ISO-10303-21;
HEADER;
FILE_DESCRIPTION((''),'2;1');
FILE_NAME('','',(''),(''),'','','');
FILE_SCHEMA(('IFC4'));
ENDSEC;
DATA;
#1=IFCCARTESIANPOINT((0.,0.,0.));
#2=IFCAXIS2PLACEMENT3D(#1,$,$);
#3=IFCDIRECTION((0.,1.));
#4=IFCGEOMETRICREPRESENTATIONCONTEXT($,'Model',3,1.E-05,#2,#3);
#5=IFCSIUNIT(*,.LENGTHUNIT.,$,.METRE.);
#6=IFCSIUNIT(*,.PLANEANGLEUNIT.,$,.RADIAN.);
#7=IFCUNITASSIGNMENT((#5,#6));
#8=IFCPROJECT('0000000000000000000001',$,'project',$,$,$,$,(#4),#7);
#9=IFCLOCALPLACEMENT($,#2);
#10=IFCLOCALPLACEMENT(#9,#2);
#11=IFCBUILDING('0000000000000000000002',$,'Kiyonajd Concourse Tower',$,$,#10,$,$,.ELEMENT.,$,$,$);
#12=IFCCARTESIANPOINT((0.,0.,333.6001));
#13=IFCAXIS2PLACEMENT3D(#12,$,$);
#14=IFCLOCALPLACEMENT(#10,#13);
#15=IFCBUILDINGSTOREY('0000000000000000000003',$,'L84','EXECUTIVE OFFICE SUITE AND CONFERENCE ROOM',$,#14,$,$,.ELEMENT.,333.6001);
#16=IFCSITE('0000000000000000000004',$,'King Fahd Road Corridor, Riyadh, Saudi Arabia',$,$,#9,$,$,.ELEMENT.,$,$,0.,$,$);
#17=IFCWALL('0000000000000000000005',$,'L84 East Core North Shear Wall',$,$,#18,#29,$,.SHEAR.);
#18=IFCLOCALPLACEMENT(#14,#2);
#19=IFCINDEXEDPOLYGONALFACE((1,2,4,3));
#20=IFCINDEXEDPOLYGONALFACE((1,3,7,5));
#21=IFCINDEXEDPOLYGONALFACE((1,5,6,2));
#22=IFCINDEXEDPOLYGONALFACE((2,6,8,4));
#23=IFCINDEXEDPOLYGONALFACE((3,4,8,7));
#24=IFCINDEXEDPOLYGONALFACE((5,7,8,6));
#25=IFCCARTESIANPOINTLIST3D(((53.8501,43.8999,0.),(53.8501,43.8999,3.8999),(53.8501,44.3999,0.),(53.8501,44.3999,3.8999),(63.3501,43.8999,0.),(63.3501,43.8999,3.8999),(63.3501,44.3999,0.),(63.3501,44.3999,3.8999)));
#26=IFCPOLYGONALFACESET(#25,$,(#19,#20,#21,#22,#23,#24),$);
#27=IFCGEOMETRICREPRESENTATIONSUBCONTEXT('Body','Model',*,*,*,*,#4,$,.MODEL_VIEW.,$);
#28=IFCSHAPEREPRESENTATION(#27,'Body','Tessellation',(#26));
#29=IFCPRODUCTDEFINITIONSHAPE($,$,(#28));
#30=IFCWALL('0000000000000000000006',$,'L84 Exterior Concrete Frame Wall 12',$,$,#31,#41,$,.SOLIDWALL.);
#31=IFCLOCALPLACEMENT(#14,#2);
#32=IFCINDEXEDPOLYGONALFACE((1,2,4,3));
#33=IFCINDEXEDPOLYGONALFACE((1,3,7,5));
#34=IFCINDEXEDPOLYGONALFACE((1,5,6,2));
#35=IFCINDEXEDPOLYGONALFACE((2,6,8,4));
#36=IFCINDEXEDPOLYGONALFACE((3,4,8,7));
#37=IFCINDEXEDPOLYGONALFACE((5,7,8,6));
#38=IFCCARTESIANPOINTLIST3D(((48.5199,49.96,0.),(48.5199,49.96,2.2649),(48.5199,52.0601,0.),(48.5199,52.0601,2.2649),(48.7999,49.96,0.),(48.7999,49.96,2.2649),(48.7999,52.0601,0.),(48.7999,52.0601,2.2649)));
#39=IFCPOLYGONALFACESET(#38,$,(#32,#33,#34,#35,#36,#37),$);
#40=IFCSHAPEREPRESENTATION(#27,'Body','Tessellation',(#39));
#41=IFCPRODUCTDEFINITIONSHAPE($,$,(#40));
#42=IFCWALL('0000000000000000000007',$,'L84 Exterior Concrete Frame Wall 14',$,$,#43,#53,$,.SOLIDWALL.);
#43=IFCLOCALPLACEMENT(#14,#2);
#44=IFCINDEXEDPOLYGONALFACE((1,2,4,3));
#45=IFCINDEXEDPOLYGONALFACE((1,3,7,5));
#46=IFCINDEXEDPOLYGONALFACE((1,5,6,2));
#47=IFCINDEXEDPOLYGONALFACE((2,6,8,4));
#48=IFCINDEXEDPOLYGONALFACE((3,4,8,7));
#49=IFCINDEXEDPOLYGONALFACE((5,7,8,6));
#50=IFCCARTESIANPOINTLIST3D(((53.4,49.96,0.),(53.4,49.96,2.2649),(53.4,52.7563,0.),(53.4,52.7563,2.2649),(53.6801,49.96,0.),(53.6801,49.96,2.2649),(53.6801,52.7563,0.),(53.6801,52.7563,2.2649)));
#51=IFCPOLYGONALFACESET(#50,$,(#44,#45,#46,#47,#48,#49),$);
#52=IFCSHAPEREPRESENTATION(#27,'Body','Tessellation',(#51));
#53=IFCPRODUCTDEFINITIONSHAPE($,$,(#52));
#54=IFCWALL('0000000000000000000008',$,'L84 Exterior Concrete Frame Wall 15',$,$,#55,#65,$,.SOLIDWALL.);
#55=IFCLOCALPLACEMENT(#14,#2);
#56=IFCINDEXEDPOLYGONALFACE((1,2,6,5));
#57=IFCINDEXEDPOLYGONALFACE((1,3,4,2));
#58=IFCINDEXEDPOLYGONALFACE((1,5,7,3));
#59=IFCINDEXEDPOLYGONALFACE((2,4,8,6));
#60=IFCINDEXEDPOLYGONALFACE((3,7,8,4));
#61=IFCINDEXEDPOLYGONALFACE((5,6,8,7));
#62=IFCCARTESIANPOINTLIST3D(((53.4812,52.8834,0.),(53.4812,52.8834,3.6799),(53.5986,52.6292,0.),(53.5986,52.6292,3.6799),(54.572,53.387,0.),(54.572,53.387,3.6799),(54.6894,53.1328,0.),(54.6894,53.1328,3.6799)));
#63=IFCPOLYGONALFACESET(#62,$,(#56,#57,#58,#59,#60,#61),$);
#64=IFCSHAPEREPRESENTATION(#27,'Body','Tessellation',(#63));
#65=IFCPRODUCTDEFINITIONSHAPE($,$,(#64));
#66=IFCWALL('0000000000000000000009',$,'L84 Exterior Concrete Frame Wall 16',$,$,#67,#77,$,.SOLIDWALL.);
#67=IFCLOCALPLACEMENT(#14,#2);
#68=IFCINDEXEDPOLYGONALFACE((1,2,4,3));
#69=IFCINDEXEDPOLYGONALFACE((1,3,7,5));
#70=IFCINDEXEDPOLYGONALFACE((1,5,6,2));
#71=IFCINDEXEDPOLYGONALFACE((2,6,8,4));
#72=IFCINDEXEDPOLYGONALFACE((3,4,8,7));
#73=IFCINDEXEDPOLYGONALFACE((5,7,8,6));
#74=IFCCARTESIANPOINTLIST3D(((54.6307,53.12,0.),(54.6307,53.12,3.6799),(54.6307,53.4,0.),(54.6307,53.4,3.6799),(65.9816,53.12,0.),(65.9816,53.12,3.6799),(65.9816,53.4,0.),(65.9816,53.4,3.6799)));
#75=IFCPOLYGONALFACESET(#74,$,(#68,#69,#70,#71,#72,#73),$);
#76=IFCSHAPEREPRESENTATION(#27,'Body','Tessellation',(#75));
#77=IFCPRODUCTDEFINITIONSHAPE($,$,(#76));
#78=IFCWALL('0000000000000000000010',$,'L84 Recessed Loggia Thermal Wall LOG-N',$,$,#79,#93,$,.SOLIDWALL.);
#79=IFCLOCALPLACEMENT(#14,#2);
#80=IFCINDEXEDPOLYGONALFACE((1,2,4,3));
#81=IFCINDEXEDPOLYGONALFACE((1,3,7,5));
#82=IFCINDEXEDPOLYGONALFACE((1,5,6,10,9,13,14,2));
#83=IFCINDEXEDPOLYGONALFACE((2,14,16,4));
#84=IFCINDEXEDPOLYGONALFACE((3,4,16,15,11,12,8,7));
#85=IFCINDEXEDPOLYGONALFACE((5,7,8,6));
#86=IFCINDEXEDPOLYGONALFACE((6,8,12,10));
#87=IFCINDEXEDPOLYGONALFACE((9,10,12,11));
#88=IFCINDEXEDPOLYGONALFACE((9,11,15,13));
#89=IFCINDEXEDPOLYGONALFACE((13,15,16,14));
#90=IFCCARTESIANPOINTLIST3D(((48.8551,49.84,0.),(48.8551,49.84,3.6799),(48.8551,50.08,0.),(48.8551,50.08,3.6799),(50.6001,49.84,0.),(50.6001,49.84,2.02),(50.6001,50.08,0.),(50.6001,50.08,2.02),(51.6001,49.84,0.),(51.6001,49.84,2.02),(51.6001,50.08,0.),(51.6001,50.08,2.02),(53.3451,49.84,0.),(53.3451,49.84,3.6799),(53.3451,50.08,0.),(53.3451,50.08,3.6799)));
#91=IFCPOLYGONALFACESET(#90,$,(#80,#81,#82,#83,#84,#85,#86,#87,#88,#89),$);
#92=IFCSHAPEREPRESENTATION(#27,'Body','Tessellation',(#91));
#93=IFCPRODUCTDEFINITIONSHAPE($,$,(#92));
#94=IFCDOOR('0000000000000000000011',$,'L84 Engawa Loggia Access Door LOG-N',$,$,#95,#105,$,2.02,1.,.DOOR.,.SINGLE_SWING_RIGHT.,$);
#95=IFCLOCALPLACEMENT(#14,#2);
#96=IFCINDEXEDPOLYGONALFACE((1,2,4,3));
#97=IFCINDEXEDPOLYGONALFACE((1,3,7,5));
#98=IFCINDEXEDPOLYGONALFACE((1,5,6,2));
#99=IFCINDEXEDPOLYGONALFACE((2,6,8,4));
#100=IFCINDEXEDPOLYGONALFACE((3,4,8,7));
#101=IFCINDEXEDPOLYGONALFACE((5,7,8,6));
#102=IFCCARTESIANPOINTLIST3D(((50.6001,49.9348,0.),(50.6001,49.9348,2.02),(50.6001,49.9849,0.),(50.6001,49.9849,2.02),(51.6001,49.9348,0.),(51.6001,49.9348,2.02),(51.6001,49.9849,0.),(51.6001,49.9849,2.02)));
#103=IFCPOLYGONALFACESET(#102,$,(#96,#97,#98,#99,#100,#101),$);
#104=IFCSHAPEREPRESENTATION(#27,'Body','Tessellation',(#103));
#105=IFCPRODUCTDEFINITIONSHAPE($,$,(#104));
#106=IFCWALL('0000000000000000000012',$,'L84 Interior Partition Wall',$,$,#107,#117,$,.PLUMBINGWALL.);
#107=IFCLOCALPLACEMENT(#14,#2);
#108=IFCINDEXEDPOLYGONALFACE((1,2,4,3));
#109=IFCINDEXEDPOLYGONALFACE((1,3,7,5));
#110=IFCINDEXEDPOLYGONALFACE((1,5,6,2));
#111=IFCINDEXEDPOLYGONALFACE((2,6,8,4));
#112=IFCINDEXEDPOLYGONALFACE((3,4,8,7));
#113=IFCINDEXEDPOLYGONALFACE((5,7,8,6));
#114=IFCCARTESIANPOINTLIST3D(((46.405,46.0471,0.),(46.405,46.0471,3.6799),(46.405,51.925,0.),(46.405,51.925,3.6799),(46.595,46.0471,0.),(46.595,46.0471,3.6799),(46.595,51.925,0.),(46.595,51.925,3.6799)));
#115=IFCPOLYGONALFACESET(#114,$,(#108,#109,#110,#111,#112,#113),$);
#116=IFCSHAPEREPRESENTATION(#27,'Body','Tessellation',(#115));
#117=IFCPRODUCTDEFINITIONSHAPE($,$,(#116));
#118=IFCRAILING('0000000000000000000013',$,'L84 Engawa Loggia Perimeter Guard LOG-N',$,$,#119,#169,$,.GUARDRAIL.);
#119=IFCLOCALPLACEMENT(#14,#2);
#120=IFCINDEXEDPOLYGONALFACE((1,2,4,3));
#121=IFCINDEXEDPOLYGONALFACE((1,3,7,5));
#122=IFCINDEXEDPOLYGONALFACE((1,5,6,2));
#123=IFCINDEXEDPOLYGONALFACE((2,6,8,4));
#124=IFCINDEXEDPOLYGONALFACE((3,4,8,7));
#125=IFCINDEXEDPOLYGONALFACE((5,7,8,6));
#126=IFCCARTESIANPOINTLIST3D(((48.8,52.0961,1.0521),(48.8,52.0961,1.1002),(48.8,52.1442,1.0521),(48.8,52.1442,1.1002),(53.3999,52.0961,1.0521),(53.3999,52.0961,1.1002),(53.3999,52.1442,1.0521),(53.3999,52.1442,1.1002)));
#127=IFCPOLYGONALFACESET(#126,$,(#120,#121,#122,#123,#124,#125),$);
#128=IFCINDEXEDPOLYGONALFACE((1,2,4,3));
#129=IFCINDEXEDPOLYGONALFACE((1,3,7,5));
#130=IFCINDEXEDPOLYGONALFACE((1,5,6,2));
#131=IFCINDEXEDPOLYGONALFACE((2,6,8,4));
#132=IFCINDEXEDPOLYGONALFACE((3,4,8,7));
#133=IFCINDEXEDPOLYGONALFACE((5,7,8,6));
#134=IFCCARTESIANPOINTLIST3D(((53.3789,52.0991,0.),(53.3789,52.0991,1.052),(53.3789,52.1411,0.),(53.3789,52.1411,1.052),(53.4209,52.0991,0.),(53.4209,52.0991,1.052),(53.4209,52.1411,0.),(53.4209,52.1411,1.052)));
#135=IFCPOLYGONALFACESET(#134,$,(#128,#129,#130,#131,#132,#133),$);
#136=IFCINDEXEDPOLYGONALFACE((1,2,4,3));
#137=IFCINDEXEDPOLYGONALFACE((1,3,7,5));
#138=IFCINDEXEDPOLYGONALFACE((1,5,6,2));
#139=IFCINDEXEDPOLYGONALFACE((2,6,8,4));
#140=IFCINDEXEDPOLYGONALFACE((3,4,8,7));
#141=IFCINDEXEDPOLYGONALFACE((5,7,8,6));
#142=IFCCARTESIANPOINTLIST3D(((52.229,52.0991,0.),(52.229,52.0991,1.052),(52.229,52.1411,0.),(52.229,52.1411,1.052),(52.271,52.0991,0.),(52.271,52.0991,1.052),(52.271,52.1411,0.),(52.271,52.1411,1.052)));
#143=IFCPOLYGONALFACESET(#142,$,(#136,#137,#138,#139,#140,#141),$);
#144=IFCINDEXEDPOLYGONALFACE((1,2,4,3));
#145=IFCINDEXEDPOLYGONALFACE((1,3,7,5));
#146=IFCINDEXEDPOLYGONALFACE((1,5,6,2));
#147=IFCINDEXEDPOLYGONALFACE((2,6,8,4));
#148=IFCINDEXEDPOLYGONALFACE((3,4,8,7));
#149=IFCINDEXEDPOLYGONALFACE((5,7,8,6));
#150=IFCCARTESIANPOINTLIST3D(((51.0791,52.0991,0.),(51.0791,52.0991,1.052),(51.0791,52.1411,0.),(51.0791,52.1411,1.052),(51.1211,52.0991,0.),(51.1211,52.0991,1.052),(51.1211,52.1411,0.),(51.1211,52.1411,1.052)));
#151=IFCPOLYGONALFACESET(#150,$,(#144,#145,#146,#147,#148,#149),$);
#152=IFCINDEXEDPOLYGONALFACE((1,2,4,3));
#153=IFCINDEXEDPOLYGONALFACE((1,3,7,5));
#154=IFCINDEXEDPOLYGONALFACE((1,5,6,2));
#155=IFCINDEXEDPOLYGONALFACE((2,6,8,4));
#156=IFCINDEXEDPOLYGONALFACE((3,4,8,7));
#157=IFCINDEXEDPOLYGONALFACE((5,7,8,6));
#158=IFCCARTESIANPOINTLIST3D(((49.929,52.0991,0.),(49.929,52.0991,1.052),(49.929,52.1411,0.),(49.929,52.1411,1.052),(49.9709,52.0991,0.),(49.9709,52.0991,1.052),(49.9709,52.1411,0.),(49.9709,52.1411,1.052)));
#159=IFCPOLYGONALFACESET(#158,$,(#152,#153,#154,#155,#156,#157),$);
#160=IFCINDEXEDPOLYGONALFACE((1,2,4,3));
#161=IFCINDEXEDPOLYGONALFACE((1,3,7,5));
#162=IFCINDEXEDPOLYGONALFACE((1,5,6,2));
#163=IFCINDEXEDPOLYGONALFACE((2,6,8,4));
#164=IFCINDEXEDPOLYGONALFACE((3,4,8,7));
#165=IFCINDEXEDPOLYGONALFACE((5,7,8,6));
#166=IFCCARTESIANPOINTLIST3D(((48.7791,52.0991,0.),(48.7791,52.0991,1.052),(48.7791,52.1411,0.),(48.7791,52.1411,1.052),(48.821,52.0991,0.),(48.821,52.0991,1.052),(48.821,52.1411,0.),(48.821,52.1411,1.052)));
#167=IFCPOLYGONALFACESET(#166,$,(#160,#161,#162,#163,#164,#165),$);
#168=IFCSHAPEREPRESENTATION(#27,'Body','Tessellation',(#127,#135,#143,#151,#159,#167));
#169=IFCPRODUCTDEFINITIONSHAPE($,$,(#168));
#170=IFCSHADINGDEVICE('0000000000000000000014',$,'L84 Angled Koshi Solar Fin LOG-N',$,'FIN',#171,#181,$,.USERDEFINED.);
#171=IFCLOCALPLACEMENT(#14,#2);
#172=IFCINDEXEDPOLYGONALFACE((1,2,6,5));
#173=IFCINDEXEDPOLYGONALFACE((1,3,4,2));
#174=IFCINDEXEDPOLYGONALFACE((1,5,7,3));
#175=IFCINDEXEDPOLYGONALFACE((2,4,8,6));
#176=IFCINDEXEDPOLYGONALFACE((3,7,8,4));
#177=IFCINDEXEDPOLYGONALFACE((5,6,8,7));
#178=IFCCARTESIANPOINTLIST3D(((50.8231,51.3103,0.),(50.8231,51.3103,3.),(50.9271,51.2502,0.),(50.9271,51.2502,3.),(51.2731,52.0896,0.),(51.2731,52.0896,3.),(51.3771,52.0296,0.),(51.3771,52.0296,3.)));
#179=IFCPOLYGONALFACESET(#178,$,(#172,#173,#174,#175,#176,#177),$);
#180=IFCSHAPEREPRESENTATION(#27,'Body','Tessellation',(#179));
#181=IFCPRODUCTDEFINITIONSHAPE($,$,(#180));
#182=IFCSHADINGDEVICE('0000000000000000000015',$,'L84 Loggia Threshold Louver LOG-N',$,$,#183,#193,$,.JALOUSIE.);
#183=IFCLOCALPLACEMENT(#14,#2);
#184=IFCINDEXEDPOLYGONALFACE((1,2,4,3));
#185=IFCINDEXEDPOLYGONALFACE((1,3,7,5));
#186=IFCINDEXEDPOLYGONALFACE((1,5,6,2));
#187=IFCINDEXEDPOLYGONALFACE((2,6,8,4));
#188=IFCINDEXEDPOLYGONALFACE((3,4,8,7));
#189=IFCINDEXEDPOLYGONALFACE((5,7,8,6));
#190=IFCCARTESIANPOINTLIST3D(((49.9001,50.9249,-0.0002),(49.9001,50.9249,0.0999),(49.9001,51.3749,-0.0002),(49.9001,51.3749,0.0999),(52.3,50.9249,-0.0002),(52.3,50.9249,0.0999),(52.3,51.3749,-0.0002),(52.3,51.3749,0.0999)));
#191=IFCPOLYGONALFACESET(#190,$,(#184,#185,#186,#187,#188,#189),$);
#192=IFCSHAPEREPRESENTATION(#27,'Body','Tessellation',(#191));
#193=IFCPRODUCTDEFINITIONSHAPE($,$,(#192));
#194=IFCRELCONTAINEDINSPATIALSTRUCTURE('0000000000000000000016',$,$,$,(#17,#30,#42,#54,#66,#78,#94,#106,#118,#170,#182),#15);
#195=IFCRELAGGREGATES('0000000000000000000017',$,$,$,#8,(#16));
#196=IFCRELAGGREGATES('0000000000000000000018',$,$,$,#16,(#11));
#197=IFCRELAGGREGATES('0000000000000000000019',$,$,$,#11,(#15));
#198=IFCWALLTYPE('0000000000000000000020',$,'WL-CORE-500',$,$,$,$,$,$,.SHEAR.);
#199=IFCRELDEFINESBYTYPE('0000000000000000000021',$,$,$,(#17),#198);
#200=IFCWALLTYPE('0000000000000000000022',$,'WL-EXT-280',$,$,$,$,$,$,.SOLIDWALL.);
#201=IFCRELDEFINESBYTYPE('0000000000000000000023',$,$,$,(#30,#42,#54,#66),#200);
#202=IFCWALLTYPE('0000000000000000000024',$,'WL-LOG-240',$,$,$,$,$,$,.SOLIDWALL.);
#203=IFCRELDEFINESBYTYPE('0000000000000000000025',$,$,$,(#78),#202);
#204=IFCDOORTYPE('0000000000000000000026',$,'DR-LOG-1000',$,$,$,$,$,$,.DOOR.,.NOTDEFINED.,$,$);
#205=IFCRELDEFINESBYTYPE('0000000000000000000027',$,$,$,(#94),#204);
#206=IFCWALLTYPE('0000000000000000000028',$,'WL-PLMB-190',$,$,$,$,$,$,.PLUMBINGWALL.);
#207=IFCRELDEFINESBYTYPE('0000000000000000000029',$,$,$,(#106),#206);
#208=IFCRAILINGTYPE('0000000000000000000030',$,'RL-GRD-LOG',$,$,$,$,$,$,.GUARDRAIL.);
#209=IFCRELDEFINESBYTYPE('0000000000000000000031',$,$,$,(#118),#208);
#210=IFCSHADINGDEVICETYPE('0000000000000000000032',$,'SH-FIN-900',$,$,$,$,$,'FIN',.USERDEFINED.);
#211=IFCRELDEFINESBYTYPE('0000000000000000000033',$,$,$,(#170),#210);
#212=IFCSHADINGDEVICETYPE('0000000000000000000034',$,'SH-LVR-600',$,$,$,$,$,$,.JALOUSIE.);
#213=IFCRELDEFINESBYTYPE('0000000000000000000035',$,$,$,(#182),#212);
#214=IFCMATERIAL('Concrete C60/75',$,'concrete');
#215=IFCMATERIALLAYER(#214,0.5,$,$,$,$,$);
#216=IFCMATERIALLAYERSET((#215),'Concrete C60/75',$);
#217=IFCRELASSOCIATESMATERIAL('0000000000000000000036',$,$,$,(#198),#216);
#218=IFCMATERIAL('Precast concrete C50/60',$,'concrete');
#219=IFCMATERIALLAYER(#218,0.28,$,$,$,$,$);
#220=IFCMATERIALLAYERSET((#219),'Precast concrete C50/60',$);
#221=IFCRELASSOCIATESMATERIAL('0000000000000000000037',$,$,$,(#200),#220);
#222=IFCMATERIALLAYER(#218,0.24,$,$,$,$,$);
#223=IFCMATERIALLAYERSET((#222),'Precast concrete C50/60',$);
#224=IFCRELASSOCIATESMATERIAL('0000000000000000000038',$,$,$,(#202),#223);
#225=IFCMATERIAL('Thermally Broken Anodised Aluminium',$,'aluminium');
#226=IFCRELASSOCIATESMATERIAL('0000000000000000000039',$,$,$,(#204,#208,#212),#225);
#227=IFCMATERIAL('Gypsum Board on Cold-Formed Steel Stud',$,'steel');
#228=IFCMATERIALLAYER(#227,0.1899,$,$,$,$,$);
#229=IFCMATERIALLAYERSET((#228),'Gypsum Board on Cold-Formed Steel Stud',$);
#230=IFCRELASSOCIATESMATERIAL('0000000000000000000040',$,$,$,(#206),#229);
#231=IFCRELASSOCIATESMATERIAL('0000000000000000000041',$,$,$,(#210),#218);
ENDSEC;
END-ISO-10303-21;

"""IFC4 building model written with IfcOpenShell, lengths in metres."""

from ifc_helpers import new_model, si_unit, direction, frame, frame_2d, origin, origin_2d, place, context, subcontext, project, spatial, rectangle, extrude, material, layer, layer_set, type_object, element, fill, save


model = new_model("IFC4")

# Units and contexts
model_context = context("Model", 3, precision=1e-05, world=origin(), true_north=direction((0.0, 1.0)))
body_context = subcontext(model_context, "Body", "Model", "MODEL_VIEW")
ifc_project = project(units=[si_unit("LENGTHUNIT", "METRE"), si_unit("PLANEANGLEUNIT", "RADIAN")], contexts=[model_context])

# Site, building, storey
site_placement = place(None, origin())
site = spatial("IfcSite", under=ifc_project, at=site_placement, Name="King Fahd Road Corridor, Riyadh, Saudi Arabia", CompositionType="ELEMENT", RefElevation=0.0)
building_placement = place(site_placement, origin())
building = spatial("IfcBuilding", under=site, at=building_placement, Name="Kiyonajd Concourse Tower", CompositionType="ELEMENT")
storey_placement = place(building_placement, frame((0.0, 0.0, 333.6001)))
storey = spatial("IfcBuildingStorey", under=building, at=storey_placement, Name="L84", Description="EXECUTIVE OFFICE SUITE AND CONFERENCE ROOM", CompositionType="ELEMENT", Elevation=333.6001)

# Shared definitions
ifc_material_1 = material(Name="Concrete C60/75", Category="concrete")

# Shared definitions
ifc_material_2 = material(Name="Thermally Broken Anodised Aluminium", Category="aluminium")

# Walls
ifc_layer_1 = layer(ifc_material_1, 0.5)
ifc_layer_set_1 = layer_set([ifc_layer_1], Name="Concrete C60/75")
wall_type_1 = type_object("IfcWallType", Name="WL-CORE-500", PredefinedType="SHEAR", material=ifc_layer_set_1)
wall_1_placement = place(storey_placement, frame((53.8501, 44.1499, 0.0), z_axis=(0.0, 0.0, 1.0), x_axis=(1.0, 0.0, 0.0)))
element("IfcWall", 1, at=wall_1_placement, inside=storey, type_object=wall_type_1, Name="L84 East Core North Shear Wall", PredefinedType="SHEAR", context=body_context, shape_type="SweptSolid", body=[
    extrude(rectangle(XDim=9.5, YDim=0.5, at=frame_2d((4.75, 0.0))), origin(), (0.0, 0.0, 1.0), 3.8999),
])
ifc_material_3 = material(Name="Precast concrete C50/60", Category="concrete")
ifc_layer_2 = layer(ifc_material_3, 0.28)
ifc_layer_set_2 = layer_set([ifc_layer_2], Name="Precast concrete C50/60")
wall_type_2 = type_object("IfcWallType", Name="WL-EXT-280", PredefinedType="SOLIDWALL", material=ifc_layer_set_2)
wall_2_placement = place(storey_placement, frame((48.6599, 52.0601, 0.0), z_axis=(0.0, 0.0, 1.0), x_axis=(0.0, -1.0, 0.0)))
element("IfcWall", 2, at=wall_2_placement, inside=storey, type_object=wall_type_2, Name="L84 Exterior Concrete Frame Wall 12", PredefinedType="SOLIDWALL", context=body_context, shape_type="SweptSolid", body=[
    extrude(rectangle(XDim=2.1001, YDim=0.28, at=frame_2d((1.05, 0.0))), origin(), (0.0, 0.0, 1.0), 2.2649),
])
wall_3_placement = place(storey_placement, frame((53.54, 49.96, 0.0), z_axis=(0.0, 0.0, 1.0), x_axis=(0.0, 1.0, 0.0)))
element("IfcWall", 3, at=wall_3_placement, inside=storey, type_object=wall_type_2, Name="L84 Exterior Concrete Frame Wall 14", PredefinedType="SOLIDWALL", context=body_context, shape_type="SweptSolid", body=[
    extrude(rectangle(XDim=2.7964, YDim=0.28, at=frame_2d((1.3982, 0.0))), origin(), (0.0, 0.0, 1.0), 2.2649),
])
wall_4_placement = place(storey_placement, frame((53.54, 52.7563, 0.0), z_axis=(0.0, 0.0, 1.0), x_axis=(0.907894, 0.4192, 0.0)))
element("IfcWall", 4, at=wall_4_placement, inside=storey, type_object=wall_type_2, Name="L84 Exterior Concrete Frame Wall 15", PredefinedType="SOLIDWALL", context=body_context, shape_type="SweptSolid", body=[
    extrude(rectangle(XDim=1.2014, YDim=0.28, at=frame_2d((0.6006, 0.0))), origin(), (0.0, 0.0, 1.0), 3.6799),
])
wall_5_placement = place(storey_placement, frame((54.6309, 53.26, 0.0), z_axis=(0.0, 0.0, 1.0), x_axis=(1.0, 0.0, 0.0)))
element("IfcWall", 5, at=wall_5_placement, inside=storey, type_object=wall_type_2, Name="L84 Exterior Concrete Frame Wall 16", PredefinedType="SOLIDWALL", context=body_context, shape_type="SweptSolid", body=[
    extrude(rectangle(XDim=11.3508, YDim=0.28, at=frame_2d((5.6753, 0.0))), origin(), (0.0, 0.0, 1.0), 3.6799),
])

# Wall, opening, door
ifc_layer_3 = layer(ifc_material_3, 0.24)
ifc_layer_set_3 = layer_set([ifc_layer_3], Name="Precast concrete C50/60")
wall_type_3 = type_object("IfcWallType", Name="WL-LOG-240", PredefinedType="SOLIDWALL", material=ifc_layer_set_3)
wall_6_placement = place(storey_placement, frame((48.855, 49.96, 0.0), z_axis=(0.0, 0.0, 1.0), x_axis=(1.0, 0.0, 0.0)))
wall_6 = element("IfcWall", 6, at=wall_6_placement, inside=storey, type_object=wall_type_3, Name="L84 Recessed Loggia Thermal Wall LOG-N", PredefinedType="SOLIDWALL", context=body_context, shape_type="SweptSolid", body=[
    extrude(rectangle(XDim=4.49, YDim=0.24, at=frame_2d((2.2451, 0.0))), origin(), (0.0, 0.0, 1.0), 3.6799),
])
opening_placement = place(wall_6_placement, frame((1.7451, 0.0, 0.0)))
opening = element("IfcOpeningElement", 7, at=opening_placement, cuts=wall_6, PredefinedType="OPENING", context=body_context, shape_type="SweptSolid", body=[
    extrude(rectangle(XDim=1.0, YDim=2.02, at=frame_2d((0.5, 1.01))), frame((0.0, 0.1299, 0.0), z_axis=(0.0, -1.0, 0.0), x_axis=(1.0, 0.0, 0.0)), (0.0, 0.0, 1.0), 0.26),
])
door_type = type_object("IfcDoorType", Name="DR-LOG-1000", OperationType="NOTDEFINED", PredefinedType="DOOR", material=ifc_material_2)
door_placement = place(opening_placement, origin())
door = element("IfcDoor", 8, at=door_placement, inside=storey, type_object=door_type, Name="L84 Engawa Loggia Access Door LOG-N", OperationType="SINGLE_SWING_RIGHT", OverallHeight=2.02, OverallWidth=1.0, PredefinedType="DOOR", context=body_context, shape_type="SweptSolid", body=[
    extrude(rectangle(XDim=1.0, YDim=2.02, at=frame_2d((0.5, 1.01))), frame((0.0, 0.0249, 0.0), z_axis=(0.0, -1.0, 0.0), x_axis=(1.0, 0.0, 0.0)), (0.0, 0.0, 1.0), 0.05),
])
fill(opening, door)

# Wall
ifc_material_4 = material(Name="Gypsum Board on Cold-Formed Steel Stud", Category="steel")
ifc_layer_4 = layer(ifc_material_4, 0.1899)
ifc_layer_set_4 = layer_set([ifc_layer_4], Name="Gypsum Board on Cold-Formed Steel Stud")
wall_type_4 = type_object("IfcWallType", Name="WL-PLMB-190", PredefinedType="PLUMBINGWALL", material=ifc_layer_set_4)
wall_7_placement = place(storey_placement, frame((46.5, 46.0471, 0.0), z_axis=(0.0, 0.0, 1.0), x_axis=(0.0, 1.0, 0.0)))
element("IfcWall", 9, at=wall_7_placement, inside=storey, type_object=wall_type_4, Name="L84 Interior Partition Wall", PredefinedType="PLUMBINGWALL", context=body_context, shape_type="SweptSolid", body=[
    extrude(rectangle(XDim=5.8779, YDim=0.1899, at=frame_2d((2.939, 0.0))), origin(), (0.0, 0.0, 1.0), 3.6799),
])

# Railing
railing_type = type_object("IfcRailingType", Name="RL-GRD-LOG", PredefinedType="GUARDRAIL", material=ifc_material_2)
railing_placement = place(storey_placement, frame((53.3999, 52.1201, 0.0)))
element("IfcRailing", 10, at=railing_placement, inside=storey, type_object=railing_type, Name="L84 Engawa Loggia Perimeter Guard LOG-N", PredefinedType="GUARDRAIL", context=body_context, shape_type="SweptSolid", body=[
    extrude(rectangle(XDim=0.0481, YDim=0.0481, at=origin_2d()), frame((0.0, 0.0, 1.0762), z_axis=(-1.0, 0.0, 0.0), x_axis=(0.0, -1.0, 0.0)), (0.0, 0.0, 1.0), 4.5999),
    extrude(rectangle(XDim=0.042, YDim=0.042, at=origin_2d()), origin(), (0.0, 0.0, 1.0), 1.052),
    extrude(rectangle(XDim=0.042, YDim=0.042, at=origin_2d()), frame((-1.1499, 0.0, 0.0)), (0.0, 0.0, 1.0), 1.052),
    extrude(rectangle(XDim=0.042, YDim=0.042, at=origin_2d()), frame((-2.2998, 0.0, 0.0)), (0.0, 0.0, 1.0), 1.052),
    extrude(rectangle(XDim=0.042, YDim=0.042, at=origin_2d()), frame((-3.45, 0.0, 0.0)), (0.0, 0.0, 1.0), 1.052),
    extrude(rectangle(XDim=0.042, YDim=0.042, at=origin_2d()), frame((-4.5999, 0.0, 0.0)), (0.0, 0.0, 1.0), 1.052),
])

# Shading devices
shading_device_type_1 = type_object("IfcShadingDeviceType", Name="SH-FIN-900", ElementType="FIN", PredefinedType="USERDEFINED", material=ifc_material_3)
shading_device_1_placement = place(storey_placement, frame((51.1001, 51.6699, 0.0), z_axis=(0.0, 0.0, 1.0), x_axis=(0.5, 0.866025, 0.0)))
element("IfcShadingDevice", 11, at=shading_device_1_placement, inside=storey, type_object=shading_device_type_1, Name="L84 Angled Koshi Solar Fin LOG-N", ObjectType="FIN", PredefinedType="USERDEFINED", context=body_context, shape_type="SweptSolid", body=[
    extrude(rectangle(XDim=0.8999, YDim=0.1201, at=origin_2d()), origin(), (0.0, 0.0, 1.0), 3.0),
])
shading_device_type_2 = type_object("IfcShadingDeviceType", Name="SH-LVR-600", PredefinedType="JALOUSIE", material=ifc_material_2)
shading_device_2_placement = place(storey_placement, frame((51.1001, 51.1499, -0.0002), z_axis=(0.0, 0.0, 1.0), x_axis=(1.0, 0.0, 0.0)))
element("IfcShadingDevice", 12, at=shading_device_2_placement, inside=storey, type_object=shading_device_type_2, Name="L84 Loggia Threshold Louver LOG-N", PredefinedType="JALOUSIE", context=body_context, shape_type="SweptSolid", body=[
    extrude(rectangle(XDim=2.3999, YDim=0.45, at=origin_2d()), origin(), (0.0, 0.0, 1.0), 0.1001),
])

save(model, "model.ifc")
